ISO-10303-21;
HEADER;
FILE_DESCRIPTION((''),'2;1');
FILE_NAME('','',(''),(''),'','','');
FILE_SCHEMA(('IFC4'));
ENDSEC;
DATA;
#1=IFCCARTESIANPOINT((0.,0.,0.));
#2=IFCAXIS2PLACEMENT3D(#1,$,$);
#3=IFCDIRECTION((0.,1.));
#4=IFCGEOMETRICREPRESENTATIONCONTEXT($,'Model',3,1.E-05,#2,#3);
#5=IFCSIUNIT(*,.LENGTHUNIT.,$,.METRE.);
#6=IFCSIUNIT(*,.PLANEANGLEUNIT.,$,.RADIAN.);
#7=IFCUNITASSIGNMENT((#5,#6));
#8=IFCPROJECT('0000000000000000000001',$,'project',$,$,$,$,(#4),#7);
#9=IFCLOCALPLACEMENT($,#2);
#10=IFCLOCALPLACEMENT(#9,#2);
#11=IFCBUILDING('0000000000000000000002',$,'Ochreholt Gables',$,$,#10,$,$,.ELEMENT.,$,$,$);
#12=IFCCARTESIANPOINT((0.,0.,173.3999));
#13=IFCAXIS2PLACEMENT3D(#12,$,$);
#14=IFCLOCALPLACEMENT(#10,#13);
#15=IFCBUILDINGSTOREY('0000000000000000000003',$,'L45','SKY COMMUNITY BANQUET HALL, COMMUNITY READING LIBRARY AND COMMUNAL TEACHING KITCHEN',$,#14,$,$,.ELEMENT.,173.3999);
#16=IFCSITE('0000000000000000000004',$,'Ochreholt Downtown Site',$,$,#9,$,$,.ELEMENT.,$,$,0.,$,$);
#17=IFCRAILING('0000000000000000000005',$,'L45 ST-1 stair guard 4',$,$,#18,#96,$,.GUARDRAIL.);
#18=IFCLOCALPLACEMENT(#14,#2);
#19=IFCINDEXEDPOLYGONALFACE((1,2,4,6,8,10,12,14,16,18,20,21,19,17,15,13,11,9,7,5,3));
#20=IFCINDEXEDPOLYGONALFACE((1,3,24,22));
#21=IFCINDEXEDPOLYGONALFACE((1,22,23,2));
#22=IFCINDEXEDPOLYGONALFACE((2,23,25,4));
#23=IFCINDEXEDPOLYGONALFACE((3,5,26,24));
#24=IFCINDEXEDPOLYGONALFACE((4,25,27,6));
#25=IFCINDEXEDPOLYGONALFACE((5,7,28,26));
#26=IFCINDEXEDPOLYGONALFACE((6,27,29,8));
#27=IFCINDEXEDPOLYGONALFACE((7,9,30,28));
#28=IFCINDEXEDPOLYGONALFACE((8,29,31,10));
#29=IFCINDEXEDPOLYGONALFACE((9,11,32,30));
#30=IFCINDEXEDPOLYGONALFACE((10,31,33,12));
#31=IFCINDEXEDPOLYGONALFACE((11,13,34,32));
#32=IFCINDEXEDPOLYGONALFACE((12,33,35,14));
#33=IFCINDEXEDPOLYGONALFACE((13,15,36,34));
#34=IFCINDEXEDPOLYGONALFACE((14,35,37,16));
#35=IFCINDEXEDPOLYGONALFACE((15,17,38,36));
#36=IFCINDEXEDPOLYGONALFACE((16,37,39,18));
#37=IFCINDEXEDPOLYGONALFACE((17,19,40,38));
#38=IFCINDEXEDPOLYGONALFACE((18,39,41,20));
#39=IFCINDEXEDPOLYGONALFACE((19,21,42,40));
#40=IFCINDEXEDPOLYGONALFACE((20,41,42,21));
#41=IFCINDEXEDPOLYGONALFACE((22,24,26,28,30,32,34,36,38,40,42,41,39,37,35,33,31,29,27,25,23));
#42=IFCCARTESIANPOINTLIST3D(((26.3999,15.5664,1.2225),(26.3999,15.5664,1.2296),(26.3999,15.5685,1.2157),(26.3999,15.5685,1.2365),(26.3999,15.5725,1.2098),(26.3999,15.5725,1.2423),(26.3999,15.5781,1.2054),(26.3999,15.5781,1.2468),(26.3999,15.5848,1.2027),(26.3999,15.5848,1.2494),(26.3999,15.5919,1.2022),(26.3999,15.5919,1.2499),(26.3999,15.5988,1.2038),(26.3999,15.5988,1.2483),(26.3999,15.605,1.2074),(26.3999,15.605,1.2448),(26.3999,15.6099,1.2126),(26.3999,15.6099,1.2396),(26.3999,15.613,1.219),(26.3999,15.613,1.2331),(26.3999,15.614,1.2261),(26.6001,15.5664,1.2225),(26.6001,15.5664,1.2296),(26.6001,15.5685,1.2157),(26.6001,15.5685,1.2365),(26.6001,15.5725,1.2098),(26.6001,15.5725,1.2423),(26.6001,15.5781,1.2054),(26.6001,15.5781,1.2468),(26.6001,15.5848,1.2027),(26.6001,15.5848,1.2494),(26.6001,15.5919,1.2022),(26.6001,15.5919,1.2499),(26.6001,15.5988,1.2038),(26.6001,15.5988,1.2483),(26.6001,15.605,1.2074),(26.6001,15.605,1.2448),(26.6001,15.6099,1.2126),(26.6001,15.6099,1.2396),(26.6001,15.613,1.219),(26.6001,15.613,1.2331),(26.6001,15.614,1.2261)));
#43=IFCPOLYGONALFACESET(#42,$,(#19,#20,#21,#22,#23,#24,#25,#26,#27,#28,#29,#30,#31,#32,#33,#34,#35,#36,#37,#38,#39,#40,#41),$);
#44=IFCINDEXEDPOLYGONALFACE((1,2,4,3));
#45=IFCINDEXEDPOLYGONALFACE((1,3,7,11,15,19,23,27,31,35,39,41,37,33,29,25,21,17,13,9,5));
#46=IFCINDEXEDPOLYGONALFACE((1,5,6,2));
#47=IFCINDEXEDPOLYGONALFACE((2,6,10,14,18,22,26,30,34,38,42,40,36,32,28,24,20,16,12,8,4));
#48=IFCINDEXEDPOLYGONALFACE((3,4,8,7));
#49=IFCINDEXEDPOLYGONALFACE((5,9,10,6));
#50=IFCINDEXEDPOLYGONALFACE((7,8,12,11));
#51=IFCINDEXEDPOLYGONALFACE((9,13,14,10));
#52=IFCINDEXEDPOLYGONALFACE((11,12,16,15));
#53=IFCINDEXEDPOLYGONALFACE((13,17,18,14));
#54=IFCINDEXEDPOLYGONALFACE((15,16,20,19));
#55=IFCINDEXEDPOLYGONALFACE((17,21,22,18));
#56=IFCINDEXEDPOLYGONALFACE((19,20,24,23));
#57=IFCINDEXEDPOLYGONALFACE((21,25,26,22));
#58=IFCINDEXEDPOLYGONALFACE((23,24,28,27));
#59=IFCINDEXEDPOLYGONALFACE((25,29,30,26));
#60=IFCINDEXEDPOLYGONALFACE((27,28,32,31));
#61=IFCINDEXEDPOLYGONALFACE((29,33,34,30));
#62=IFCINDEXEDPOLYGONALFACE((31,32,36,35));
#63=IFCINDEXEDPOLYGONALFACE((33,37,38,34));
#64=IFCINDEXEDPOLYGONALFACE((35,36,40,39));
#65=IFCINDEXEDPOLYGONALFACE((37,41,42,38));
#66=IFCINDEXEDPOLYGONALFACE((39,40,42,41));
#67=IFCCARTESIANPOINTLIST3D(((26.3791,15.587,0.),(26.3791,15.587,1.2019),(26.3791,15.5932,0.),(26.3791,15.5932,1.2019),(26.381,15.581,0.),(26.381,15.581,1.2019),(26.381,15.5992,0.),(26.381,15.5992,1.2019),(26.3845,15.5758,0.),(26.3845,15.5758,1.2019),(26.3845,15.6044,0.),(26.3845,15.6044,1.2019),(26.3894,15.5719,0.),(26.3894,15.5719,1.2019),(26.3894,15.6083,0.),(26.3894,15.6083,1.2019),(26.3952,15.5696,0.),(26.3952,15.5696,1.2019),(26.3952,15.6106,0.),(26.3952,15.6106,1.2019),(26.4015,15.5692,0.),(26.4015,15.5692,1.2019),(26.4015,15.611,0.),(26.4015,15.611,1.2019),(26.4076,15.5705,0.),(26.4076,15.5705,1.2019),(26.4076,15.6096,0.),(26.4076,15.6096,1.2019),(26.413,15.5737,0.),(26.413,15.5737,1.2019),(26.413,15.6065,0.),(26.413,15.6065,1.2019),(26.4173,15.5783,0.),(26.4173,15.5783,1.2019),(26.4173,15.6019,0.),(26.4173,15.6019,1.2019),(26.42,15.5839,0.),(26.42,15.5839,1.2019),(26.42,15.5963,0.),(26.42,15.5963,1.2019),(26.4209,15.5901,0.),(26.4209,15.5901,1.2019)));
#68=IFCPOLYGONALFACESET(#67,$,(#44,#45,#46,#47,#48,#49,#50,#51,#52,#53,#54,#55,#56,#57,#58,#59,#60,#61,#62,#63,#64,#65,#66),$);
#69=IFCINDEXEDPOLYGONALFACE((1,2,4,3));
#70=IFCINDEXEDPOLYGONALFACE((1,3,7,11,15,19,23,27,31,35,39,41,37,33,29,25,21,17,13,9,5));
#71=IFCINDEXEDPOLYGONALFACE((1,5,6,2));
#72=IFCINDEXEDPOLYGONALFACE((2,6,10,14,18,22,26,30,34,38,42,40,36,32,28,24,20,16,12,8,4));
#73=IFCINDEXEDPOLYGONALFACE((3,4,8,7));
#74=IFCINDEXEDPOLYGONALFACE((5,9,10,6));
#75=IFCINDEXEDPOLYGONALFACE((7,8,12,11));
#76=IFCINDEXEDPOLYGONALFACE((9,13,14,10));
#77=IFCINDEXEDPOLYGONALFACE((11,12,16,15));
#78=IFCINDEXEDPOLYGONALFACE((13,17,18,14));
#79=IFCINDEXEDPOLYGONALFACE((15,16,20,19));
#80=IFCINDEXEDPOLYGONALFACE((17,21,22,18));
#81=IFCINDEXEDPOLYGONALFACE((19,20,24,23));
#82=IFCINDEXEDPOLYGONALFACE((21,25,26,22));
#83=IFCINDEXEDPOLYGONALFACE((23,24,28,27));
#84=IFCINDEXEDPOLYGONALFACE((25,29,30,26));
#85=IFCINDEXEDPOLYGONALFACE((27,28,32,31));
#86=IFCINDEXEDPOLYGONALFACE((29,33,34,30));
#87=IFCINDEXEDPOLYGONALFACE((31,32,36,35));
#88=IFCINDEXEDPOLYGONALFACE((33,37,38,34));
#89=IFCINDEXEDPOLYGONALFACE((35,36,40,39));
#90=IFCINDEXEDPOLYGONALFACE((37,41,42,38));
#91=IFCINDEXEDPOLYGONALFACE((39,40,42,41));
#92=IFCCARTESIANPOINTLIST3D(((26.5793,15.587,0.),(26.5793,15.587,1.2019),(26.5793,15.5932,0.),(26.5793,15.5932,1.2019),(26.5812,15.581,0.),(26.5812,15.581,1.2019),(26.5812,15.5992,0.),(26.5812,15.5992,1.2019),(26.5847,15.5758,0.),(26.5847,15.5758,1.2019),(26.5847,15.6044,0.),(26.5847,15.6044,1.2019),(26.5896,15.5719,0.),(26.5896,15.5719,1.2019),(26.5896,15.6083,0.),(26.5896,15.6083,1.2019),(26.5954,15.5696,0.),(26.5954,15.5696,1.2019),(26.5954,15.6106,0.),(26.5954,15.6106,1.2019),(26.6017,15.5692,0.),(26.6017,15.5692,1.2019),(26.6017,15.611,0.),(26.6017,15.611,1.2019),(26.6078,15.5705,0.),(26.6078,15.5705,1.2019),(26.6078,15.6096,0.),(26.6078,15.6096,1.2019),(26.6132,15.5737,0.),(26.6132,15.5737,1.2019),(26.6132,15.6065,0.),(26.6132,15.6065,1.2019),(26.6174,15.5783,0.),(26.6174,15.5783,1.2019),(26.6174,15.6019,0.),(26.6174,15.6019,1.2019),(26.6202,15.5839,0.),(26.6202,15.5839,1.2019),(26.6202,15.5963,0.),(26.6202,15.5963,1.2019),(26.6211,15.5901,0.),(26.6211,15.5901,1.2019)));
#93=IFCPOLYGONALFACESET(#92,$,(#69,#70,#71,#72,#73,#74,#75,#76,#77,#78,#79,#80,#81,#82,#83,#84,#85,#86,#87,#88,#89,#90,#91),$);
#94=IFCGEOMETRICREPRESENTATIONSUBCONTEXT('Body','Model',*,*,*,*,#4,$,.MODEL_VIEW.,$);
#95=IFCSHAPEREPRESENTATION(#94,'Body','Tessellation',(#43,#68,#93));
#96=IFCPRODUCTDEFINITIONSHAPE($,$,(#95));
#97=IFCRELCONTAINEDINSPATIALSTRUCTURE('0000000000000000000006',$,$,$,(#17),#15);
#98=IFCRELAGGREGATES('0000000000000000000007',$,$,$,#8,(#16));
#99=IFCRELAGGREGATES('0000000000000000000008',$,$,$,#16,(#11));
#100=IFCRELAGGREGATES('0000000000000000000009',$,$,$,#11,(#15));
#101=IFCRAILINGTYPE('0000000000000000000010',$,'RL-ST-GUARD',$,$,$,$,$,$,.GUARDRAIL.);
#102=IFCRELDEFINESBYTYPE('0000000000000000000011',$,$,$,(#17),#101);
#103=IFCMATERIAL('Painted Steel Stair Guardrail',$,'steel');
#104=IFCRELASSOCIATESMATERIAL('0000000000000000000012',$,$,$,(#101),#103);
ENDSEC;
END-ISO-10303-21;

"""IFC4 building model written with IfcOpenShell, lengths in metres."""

from ifc_helpers import new_model, si_unit, direction, frame, origin, origin_2d, place, context, subcontext, project, spatial, circle, extrude, material, type_object, element, save


model = new_model("IFC4")

# Units and contexts
model_context = context("Model", 3, precision=1e-05, world=origin(), true_north=direction((0.0, 1.0)))
body_context = subcontext(model_context, "Body", "Model", "MODEL_VIEW")
ifc_project = project(units=[si_unit("LENGTHUNIT", "METRE"), si_unit("PLANEANGLEUNIT", "RADIAN")], contexts=[model_context])

# Site, building, storey
site_placement = place(None, origin())
site = spatial("IfcSite", under=ifc_project, at=site_placement, Name="Ochreholt Downtown Site", CompositionType="ELEMENT", RefElevation=0.0)
building_placement = place(site_placement, origin())
building = spatial("IfcBuilding", under=site, at=building_placement, Name="Ochreholt Gables", CompositionType="ELEMENT")
storey_placement = place(building_placement, frame((0.0, 0.0, 173.3999)))
storey = spatial("IfcBuildingStorey", under=building, at=storey_placement, Name="L45", Description="SKY COMMUNITY BANQUET HALL, COMMUNITY READING LIBRARY AND COMMUNAL TEACHING KITCHEN", CompositionType="ELEMENT", Elevation=173.3999)

# Railing
ifc_material_1 = material(Name="Painted Steel Stair Guardrail", Category="steel")
railing_type_1 = type_object("IfcRailingType", Name="RL-ST-GUARD", PredefinedType="GUARDRAIL", material=ifc_material_1)
railing_1_placement = place(storey_placement, frame((26.3999, 15.5901, 0.0)))
element("IfcRailing", 1, at=railing_1_placement, inside=storey, type_object=railing_type_1, Name="L45 ST-1 stair guard 4", PredefinedType="GUARDRAIL", context=body_context, shape_type="SweptSolid", body=[
    extrude(circle(Radius=0.0239, at=origin_2d()), frame((0.0, 0.0, 1.2261), z_axis=(1.0, 0.0, 0.0), x_axis=(0.0, 1.0, 0.0)), (0.0, 0.0, 1.0), 0.2002),
    extrude(circle(Radius=0.021, at=origin_2d()), origin(), (0.0, 0.0, 1.0), 1.2019),
    extrude(circle(Radius=0.021, at=origin_2d()), frame((0.2002, 0.0, 0.0)), (0.0, 0.0, 1.0), 1.2019),
])

save(model, "model.ifc")
